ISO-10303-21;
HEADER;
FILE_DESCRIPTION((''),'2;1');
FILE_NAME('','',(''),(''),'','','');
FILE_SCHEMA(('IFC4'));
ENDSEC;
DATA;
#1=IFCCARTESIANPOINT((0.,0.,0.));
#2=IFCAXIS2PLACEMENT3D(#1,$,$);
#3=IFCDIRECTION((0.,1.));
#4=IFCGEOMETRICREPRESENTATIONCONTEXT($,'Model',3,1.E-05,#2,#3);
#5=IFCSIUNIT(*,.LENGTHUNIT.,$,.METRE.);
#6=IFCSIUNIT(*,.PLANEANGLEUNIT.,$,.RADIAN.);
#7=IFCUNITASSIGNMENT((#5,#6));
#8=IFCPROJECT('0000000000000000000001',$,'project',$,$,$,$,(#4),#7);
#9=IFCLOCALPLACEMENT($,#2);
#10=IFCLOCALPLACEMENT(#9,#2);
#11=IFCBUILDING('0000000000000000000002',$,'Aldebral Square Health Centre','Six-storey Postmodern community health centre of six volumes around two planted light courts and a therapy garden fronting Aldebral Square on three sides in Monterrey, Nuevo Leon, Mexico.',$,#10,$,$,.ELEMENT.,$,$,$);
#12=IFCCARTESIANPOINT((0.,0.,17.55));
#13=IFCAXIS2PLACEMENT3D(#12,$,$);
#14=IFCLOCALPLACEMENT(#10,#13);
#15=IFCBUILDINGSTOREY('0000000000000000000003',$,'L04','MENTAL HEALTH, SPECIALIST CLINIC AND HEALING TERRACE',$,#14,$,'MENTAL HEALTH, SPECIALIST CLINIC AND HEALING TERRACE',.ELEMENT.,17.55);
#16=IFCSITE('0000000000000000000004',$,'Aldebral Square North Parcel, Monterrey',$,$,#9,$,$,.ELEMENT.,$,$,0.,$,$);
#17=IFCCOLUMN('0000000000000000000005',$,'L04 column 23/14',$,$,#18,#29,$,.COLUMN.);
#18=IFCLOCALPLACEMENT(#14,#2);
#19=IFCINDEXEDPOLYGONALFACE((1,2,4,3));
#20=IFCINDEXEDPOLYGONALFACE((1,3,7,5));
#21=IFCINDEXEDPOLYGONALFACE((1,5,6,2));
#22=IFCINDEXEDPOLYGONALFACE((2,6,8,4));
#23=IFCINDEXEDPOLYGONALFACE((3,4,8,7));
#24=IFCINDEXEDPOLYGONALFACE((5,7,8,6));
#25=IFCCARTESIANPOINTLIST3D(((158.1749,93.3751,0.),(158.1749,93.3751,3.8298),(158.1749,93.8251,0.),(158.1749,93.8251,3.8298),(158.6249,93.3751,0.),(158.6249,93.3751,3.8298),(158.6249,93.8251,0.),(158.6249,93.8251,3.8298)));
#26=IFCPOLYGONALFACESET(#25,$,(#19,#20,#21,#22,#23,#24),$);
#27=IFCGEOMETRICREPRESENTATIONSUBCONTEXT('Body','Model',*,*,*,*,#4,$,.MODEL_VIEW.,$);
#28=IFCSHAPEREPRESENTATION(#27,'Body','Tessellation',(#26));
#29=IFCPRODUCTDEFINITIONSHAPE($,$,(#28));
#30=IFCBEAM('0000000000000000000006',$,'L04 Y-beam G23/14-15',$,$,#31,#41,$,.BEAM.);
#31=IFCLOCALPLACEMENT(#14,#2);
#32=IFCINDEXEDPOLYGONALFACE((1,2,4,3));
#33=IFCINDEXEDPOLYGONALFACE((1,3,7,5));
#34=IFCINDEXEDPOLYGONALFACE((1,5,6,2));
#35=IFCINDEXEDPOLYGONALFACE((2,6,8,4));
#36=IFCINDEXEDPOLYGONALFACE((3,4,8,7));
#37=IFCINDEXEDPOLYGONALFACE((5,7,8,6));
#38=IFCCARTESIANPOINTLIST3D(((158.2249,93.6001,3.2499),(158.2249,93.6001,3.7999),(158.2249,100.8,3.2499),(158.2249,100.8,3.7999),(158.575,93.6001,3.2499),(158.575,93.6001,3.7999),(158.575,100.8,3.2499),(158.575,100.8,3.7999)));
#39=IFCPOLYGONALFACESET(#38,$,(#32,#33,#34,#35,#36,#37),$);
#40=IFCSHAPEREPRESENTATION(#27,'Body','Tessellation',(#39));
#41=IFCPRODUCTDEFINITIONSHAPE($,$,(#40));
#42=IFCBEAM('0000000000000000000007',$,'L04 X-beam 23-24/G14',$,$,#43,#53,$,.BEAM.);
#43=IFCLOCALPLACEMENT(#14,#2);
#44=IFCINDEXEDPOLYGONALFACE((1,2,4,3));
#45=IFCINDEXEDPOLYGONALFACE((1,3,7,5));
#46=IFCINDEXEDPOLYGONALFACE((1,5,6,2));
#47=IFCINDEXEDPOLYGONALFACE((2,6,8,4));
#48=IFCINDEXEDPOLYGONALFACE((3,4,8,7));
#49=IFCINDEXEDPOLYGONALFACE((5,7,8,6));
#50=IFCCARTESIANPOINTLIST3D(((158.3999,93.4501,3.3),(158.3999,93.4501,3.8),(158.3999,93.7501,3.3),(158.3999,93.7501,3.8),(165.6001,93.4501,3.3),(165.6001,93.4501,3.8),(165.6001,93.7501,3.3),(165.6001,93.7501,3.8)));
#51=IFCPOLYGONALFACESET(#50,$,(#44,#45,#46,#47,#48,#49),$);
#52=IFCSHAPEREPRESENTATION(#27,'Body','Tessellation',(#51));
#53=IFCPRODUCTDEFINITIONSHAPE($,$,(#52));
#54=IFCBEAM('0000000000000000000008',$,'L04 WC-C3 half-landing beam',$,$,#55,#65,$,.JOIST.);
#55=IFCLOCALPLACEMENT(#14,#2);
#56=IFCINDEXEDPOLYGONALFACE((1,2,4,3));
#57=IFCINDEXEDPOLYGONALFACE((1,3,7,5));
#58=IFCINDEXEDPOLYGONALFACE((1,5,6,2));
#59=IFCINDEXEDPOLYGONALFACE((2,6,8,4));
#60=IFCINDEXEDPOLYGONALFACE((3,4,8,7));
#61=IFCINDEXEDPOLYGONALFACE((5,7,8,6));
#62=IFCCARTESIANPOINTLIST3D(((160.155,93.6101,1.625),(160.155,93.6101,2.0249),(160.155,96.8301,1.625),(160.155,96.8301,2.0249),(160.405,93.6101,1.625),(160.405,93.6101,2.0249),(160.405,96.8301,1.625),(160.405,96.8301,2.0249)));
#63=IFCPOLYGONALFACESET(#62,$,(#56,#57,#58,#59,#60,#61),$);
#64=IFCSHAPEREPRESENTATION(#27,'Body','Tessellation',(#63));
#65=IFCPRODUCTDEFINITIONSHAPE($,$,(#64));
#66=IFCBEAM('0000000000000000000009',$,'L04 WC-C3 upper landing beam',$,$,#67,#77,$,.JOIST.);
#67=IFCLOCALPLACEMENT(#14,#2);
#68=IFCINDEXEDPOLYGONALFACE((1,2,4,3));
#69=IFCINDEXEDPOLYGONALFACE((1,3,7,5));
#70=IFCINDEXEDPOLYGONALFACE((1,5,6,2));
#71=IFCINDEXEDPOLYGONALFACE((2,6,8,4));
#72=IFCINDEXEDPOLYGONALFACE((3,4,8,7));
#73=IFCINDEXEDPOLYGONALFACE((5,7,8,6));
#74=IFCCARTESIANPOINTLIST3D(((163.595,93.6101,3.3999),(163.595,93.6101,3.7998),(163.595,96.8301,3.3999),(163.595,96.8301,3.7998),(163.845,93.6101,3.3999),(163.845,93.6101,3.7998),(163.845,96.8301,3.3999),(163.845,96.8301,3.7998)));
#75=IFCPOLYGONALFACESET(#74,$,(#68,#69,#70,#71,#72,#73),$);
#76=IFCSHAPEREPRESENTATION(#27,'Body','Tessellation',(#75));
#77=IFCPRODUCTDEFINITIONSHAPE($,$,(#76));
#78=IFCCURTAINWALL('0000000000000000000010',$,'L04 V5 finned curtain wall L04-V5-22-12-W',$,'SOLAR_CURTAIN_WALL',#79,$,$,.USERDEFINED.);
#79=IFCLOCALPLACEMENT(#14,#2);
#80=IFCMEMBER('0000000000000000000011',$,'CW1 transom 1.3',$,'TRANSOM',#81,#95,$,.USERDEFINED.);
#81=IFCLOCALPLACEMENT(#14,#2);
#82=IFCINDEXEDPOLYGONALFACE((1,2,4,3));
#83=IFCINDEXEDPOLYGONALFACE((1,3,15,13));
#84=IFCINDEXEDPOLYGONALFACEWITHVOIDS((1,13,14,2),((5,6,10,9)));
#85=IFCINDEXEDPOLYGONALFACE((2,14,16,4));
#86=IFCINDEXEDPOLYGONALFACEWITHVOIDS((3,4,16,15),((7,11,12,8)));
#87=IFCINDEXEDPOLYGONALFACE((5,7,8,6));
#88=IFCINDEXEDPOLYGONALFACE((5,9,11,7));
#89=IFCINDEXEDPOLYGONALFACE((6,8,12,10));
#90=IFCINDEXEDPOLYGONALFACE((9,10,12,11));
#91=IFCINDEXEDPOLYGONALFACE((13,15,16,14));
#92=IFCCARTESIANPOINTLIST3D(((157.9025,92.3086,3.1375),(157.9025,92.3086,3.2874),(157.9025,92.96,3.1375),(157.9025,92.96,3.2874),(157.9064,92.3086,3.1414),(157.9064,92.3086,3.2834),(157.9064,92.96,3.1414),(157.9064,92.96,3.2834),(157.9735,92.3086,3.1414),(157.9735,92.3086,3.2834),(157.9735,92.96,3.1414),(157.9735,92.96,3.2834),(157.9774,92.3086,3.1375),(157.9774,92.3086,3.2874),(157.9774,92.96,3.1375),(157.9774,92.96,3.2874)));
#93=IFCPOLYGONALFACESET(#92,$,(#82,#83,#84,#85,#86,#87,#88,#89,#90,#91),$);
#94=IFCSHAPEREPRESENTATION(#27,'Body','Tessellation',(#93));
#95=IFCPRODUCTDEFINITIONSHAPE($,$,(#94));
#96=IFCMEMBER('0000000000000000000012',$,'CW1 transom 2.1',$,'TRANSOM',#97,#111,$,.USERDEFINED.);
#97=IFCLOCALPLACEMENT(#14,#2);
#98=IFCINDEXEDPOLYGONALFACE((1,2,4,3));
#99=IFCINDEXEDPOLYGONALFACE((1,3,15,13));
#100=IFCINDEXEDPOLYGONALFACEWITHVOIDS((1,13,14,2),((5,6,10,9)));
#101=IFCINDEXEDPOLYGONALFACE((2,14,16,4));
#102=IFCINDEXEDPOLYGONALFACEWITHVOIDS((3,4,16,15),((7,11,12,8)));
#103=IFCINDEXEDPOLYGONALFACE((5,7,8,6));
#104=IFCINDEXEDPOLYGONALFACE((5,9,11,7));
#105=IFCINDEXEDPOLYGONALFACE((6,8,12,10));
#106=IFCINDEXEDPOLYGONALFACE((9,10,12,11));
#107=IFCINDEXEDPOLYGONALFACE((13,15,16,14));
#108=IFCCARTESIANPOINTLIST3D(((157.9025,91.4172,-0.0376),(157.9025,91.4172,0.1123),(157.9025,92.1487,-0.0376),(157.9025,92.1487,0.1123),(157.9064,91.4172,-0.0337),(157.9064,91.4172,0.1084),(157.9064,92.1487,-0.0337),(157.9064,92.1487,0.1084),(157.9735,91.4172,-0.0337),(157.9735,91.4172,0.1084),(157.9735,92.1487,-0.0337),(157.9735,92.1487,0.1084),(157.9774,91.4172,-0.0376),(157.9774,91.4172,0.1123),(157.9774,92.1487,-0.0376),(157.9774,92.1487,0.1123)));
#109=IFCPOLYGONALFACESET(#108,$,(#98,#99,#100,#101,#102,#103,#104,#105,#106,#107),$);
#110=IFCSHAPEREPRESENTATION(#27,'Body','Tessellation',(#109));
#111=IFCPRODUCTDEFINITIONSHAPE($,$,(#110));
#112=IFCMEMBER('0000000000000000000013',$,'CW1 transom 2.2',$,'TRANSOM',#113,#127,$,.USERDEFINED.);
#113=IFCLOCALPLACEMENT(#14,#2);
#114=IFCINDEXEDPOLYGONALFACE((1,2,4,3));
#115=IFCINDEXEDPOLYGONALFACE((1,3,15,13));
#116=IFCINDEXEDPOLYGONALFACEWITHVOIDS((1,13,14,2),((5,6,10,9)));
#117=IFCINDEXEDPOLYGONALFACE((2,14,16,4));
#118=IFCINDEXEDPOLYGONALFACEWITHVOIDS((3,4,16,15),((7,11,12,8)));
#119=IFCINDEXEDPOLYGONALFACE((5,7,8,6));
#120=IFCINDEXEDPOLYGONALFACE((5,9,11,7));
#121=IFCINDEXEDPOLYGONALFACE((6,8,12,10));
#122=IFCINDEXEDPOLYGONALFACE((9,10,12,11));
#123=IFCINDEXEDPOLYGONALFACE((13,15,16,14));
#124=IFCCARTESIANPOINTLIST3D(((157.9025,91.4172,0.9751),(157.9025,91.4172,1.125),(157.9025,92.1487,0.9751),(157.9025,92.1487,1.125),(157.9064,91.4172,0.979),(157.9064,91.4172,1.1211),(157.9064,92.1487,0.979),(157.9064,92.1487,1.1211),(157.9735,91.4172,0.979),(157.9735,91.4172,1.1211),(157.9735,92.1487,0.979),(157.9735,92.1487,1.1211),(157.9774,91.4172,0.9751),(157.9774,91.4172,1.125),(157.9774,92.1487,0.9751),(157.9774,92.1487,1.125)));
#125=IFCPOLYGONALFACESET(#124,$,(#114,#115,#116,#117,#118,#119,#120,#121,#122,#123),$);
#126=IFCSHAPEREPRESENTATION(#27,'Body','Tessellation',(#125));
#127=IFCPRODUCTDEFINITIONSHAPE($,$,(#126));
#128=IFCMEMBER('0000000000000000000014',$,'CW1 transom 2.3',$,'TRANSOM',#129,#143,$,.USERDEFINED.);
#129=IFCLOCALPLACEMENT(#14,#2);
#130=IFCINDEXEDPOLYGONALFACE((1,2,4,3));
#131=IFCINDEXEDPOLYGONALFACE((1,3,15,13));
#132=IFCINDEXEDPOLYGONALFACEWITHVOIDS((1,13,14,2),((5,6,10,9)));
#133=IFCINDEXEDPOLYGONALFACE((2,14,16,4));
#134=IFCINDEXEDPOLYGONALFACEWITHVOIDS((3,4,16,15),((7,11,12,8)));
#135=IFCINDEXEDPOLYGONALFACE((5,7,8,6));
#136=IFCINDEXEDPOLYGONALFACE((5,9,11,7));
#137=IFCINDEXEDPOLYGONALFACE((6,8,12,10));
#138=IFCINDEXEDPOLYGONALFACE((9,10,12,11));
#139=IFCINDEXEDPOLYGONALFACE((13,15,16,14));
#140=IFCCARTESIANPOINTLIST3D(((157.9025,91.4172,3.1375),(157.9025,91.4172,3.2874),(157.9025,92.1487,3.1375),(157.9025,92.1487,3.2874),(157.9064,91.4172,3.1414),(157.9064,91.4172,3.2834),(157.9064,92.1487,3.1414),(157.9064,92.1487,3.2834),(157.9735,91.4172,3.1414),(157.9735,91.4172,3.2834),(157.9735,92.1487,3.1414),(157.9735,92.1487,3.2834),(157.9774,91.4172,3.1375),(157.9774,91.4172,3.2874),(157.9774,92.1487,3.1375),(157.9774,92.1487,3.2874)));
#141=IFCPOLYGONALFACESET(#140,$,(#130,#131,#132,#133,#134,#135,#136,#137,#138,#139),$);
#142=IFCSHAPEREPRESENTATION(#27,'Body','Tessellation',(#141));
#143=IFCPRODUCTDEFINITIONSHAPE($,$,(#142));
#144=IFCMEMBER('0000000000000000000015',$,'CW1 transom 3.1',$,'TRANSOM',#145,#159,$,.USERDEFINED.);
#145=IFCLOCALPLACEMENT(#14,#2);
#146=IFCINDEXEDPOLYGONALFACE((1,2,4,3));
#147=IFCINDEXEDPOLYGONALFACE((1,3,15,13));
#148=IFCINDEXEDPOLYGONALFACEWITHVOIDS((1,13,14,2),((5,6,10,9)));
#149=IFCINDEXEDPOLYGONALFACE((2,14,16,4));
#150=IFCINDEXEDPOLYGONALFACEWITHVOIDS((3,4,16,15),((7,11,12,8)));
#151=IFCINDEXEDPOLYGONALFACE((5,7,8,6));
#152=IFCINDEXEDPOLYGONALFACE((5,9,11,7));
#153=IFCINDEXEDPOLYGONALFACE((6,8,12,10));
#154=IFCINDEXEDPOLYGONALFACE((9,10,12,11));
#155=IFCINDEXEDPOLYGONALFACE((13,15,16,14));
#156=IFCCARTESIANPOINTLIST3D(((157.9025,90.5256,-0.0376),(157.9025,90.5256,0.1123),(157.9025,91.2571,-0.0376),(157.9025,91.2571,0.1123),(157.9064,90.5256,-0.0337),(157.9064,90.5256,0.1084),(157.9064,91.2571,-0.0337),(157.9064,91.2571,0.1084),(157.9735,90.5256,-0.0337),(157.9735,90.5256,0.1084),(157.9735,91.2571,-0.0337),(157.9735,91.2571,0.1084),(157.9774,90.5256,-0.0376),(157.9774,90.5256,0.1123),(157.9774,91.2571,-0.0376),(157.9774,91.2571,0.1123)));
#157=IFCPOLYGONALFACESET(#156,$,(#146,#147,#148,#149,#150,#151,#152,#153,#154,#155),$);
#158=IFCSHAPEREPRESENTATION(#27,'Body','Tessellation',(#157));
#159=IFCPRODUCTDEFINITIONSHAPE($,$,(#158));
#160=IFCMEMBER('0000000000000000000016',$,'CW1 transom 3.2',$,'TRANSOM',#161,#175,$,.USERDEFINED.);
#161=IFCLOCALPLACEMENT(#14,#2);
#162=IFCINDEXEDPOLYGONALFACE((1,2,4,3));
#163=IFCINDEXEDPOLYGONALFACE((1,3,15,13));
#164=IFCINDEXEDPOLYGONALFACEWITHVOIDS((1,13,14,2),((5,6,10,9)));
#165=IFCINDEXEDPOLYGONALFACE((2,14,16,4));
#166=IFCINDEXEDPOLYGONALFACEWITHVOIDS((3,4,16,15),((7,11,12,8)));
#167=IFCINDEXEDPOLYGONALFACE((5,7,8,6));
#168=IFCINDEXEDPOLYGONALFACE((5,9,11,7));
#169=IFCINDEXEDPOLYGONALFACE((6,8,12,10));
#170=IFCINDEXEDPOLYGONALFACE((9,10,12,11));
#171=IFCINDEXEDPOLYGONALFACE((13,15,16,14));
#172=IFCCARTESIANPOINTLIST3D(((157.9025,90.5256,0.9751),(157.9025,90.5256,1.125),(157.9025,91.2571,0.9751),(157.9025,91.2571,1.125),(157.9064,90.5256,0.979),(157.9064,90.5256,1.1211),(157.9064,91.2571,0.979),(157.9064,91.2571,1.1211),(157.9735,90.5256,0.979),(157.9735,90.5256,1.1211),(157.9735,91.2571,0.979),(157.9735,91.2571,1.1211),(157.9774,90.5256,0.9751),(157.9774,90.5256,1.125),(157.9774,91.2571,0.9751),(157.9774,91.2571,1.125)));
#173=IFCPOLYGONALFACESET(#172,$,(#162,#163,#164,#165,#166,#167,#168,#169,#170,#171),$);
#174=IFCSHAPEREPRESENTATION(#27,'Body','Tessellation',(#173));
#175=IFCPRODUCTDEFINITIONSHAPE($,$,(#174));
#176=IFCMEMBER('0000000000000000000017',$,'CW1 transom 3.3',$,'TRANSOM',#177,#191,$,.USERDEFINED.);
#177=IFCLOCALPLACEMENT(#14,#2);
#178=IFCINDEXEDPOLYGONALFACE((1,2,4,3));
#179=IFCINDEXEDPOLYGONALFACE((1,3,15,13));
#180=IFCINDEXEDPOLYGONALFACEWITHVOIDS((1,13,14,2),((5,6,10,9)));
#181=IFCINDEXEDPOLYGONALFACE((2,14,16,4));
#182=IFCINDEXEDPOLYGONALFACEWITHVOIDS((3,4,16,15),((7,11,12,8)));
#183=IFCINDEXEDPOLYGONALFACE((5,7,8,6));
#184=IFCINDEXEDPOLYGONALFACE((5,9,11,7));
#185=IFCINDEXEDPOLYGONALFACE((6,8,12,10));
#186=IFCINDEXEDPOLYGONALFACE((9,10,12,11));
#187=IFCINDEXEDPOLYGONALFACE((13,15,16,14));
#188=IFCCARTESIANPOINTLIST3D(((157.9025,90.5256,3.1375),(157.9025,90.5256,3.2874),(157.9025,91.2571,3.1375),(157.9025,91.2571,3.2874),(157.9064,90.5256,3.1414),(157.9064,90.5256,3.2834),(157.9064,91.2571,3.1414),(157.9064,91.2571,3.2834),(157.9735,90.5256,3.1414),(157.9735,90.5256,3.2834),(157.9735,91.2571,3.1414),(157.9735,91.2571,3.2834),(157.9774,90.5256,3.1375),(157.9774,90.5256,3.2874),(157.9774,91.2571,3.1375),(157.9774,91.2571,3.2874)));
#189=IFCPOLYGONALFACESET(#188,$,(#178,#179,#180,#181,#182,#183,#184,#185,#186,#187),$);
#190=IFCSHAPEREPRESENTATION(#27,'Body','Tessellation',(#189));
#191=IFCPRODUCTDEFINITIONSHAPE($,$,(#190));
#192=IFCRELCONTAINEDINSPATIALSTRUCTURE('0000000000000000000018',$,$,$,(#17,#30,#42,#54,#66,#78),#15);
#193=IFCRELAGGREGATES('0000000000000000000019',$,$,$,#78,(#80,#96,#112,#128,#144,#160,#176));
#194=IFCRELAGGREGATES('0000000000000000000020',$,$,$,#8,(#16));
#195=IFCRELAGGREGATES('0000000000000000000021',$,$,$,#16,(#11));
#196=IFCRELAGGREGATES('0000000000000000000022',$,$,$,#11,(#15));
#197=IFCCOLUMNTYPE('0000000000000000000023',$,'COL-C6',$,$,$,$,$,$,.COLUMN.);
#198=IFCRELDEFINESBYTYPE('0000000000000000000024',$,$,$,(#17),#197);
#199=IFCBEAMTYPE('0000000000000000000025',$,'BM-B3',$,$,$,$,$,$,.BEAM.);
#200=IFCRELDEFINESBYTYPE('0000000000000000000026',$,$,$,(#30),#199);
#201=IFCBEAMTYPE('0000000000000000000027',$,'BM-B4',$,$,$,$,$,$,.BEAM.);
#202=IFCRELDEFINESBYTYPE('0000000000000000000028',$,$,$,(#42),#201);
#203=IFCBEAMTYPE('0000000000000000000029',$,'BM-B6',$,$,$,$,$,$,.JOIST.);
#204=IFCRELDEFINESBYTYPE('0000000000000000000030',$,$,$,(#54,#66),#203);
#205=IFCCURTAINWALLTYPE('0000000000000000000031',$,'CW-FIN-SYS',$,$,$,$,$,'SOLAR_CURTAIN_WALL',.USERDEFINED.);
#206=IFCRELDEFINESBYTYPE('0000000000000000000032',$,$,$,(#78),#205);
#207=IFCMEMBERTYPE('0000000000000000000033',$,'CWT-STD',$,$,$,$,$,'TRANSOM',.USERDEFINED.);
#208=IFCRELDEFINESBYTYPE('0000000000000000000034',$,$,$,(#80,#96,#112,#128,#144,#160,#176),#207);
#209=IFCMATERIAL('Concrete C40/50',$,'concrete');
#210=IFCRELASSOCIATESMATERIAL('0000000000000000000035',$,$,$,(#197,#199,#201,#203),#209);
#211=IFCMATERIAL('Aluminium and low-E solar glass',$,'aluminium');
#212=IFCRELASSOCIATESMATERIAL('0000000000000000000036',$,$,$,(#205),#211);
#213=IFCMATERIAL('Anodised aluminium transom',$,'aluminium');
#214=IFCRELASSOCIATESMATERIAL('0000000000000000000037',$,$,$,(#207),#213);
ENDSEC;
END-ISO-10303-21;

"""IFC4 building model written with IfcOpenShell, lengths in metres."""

from ifc_helpers import new_model, si_unit, direction, frame, origin, origin_2d, place, context, subcontext, project, spatial, rectangle, hollow_rectangle, extrude, material, material_profile, profile_set, type_object, element, aggregate, save


model = new_model("IFC4")

# Units and contexts
model_context = context("Model", 3, precision=1e-05, world=origin(), true_north=direction((0.0, 1.0)))
body_context = subcontext(model_context, "Body", "Model", "MODEL_VIEW")
ifc_project = project(units=[si_unit("LENGTHUNIT", "METRE"), si_unit("PLANEANGLEUNIT", "RADIAN")], contexts=[model_context])

# Site, building, storey
site_placement = place(None, origin())
site = spatial("IfcSite", under=ifc_project, at=site_placement, Name="Aldebral Square North Parcel, Monterrey", CompositionType="ELEMENT", RefElevation=0.0)
building_placement = place(site_placement, origin())
building = spatial("IfcBuilding", under=site, at=building_placement, Name="Aldebral Square Health Centre", Description="Six-storey Postmodern community health centre of six volumes around two planted light courts and a therapy garden fronting Aldebral Square on three sides in Monterrey, Nuevo Leon, Mexico.", CompositionType="ELEMENT")
storey_placement = place(building_placement, frame((0.0, 0.0, 17.55)))
storey = spatial("IfcBuildingStorey", under=building, at=storey_placement, Name="L04", Description="MENTAL HEALTH, SPECIALIST CLINIC AND HEALING TERRACE", LongName="MENTAL HEALTH, SPECIALIST CLINIC AND HEALING TERRACE", CompositionType="ELEMENT", Elevation=17.55)

# Column
ifc_material_1 = material(Name="Concrete C40/50", Category="concrete")
ifc_material_profile_1 = material_profile(ifc_material_1, rectangle(XDim=0.45, YDim=0.45, at=origin_2d()), Name="RC 450x450")
ifc_profile_set_1 = profile_set([ifc_material_profile_1], Name="Concrete C40/50")
column_type = type_object("IfcColumnType", Name="COL-C6", PredefinedType="COLUMN", material=ifc_profile_set_1)
column_placement = place(storey_placement, frame((158.3999, 93.6001, 0.0), z_axis=(0.0, 0.0, 1.0), x_axis=(1.0, 0.0, 0.0)))
element("IfcColumn", 1, at=column_placement, inside=storey, type_object=column_type, Name="L04 column 23/14", PredefinedType="COLUMN", context=body_context, shape_type="SweptSolid", body=[
    extrude(rectangle(XDim=0.45, YDim=0.45, at=origin_2d()), origin(), (0.0, 0.0, 1.0), 3.8298),
])

# Beams
ifc_material_profile_2 = material_profile(ifc_material_1, rectangle(XDim=0.3501, YDim=0.55, at=origin_2d()), Name="RC 350x550")
ifc_profile_set_2 = profile_set([ifc_material_profile_2], Name="Concrete C40/50")
beam_type_1 = type_object("IfcBeamType", Name="BM-B3", PredefinedType="BEAM", material=ifc_profile_set_2)
beam_1_placement = place(storey_placement, frame((158.3999, 93.6001, 3.5249), z_axis=(0.0, 1.0, 0.0), x_axis=(-1.0, 0.0, 0.0)))
element("IfcBeam", 2, at=beam_1_placement, inside=storey, type_object=beam_type_1, Name="L04 Y-beam G23/14-15", PredefinedType="BEAM", context=body_context, shape_type="SweptSolid", body=[
    extrude(rectangle(XDim=0.3501, YDim=0.55, at=origin_2d()), origin(), (0.0, 0.0, 1.0), 7.2),
])
ifc_material_profile_3 = material_profile(ifc_material_1, rectangle(XDim=0.3, YDim=0.5, at=origin_2d()), Name="RC 300x500")
ifc_profile_set_3 = profile_set([ifc_material_profile_3], Name="Concrete C40/50")
beam_type_2 = type_object("IfcBeamType", Name="BM-B4", PredefinedType="BEAM", material=ifc_profile_set_3)
beam_2_placement = place(storey_placement, frame((158.3999, 93.6001, 3.55), z_axis=(1.0, 0.0, 0.0), x_axis=(0.0, 1.0, 0.0)))
element("IfcBeam", 3, at=beam_2_placement, inside=storey, type_object=beam_type_2, Name="L04 X-beam 23-24/G14", PredefinedType="BEAM", context=body_context, shape_type="SweptSolid", body=[
    extrude(rectangle(XDim=0.3, YDim=0.5, at=origin_2d()), origin(), (0.0, 0.0, 1.0), 7.2002),
])
ifc_material_profile_4 = material_profile(ifc_material_1, rectangle(XDim=0.25, YDim=0.3999, at=origin_2d()), Name="RC 250x400")
ifc_profile_set_4 = profile_set([ifc_material_profile_4], Name="Concrete C40/50")
beam_type_3 = type_object("IfcBeamType", Name="BM-B6", PredefinedType="JOIST", material=ifc_profile_set_4)
for number, where, z_axis, x_axis, name in (
    (4, (160.28, 93.6101, 1.825), (0.0, 1.0, 0.0), (-1.0, 0.0, 0.0), "L04 WC-C3 half-landing beam"),
    (5, (163.72, 93.6101, 3.5999), (0.0, 1.0, 0.0), (-1.0, 0.0, 0.0), "L04 WC-C3 upper landing beam"),
):
    element("IfcBeam", number, at=place(storey_placement, frame(where, z_axis=z_axis, x_axis=x_axis)), inside=storey, type_object=beam_type_3, Name=name, PredefinedType="JOIST", context=body_context, shape_type="SweptSolid", body=[
        extrude(rectangle(XDim=0.25, YDim=0.3999, at=origin_2d()), origin(), (0.0, 0.0, 1.0), 3.22),
    ])

# Curtain wall, members
ifc_material_2 = material(Name="Aluminium and low-E solar glass", Category="aluminium")
curtain_wall_type = type_object("IfcCurtainWallType", Name="CW-FIN-SYS", ElementType="SOLAR_CURTAIN_WALL", PredefinedType="USERDEFINED", material=ifc_material_2)
curtain_wall_placement = place(storey_placement, origin())
curtain_wall = element("IfcCurtainWall", 6, at=curtain_wall_placement, inside=storey, type_object=curtain_wall_type, Name="L04 V5 finned curtain wall L04-V5-22-12-W", ObjectType="SOLAR_CURTAIN_WALL", PredefinedType="USERDEFINED")
ifc_material_3 = material(Name="Anodised aluminium transom", Category="aluminium")
ifc_material_profile_5 = material_profile(ifc_material_3, hollow_rectangle(XDim=0.075, YDim=0.1499, WallThickness=0.0039, at=origin_2d()), Name="CWT 75x150x4")
ifc_profile_set_5 = profile_set([ifc_material_profile_5], Name="Anodised aluminium transom")
member_type = type_object("IfcMemberType", Name="CWT-STD", ElementType="TRANSOM", PredefinedType="USERDEFINED", material=ifc_profile_set_5)
member_1_placement = place(storey_placement, frame((157.9399, 92.96, 3.2124), z_axis=(0.0, -1.0, 0.0), x_axis=(1.0, 0.0, 0.0)))
member_1 = element("IfcMember", 7, at=member_1_placement, type_object=member_type, Name="CW1 transom 1.3", ObjectType="TRANSOM", PredefinedType="USERDEFINED", context=body_context, shape_type="SweptSolid", body=[
    extrude(hollow_rectangle(XDim=0.075, YDim=0.1499, WallThickness=0.0039, at=origin_2d()), origin(), (0.0, 0.0, 1.0), 0.6514),
])
member_2_placement = place(storey_placement, frame((157.9399, 92.1487, 0.0374), z_axis=(0.0, -1.0, 0.0), x_axis=(1.0, 0.0, 0.0)))
member_2 = element("IfcMember", 8, at=member_2_placement, type_object=member_type, Name="CW1 transom 2.1", ObjectType="TRANSOM", PredefinedType="USERDEFINED", context=body_context, shape_type="SweptSolid", body=[
    extrude(hollow_rectangle(XDim=0.075, YDim=0.1499, WallThickness=0.0039, at=origin_2d()), origin(), (0.0, 0.0, 1.0), 0.7314),
])
member_3_placement = place(storey_placement, frame((157.9399, 92.1487, 1.05), z_axis=(0.0, -1.0, 0.0), x_axis=(1.0, 0.0, 0.0)))
member_3 = element("IfcMember", 9, at=member_3_placement, type_object=member_type, Name="CW1 transom 2.2", ObjectType="TRANSOM", PredefinedType="USERDEFINED", context=body_context, shape_type="SweptSolid", body=[
    extrude(hollow_rectangle(XDim=0.075, YDim=0.1499, WallThickness=0.0039, at=origin_2d()), origin(), (0.0, 0.0, 1.0), 0.7314),
])
member_4_placement = place(storey_placement, frame((157.9399, 92.1487, 3.2124), z_axis=(0.0, -1.0, 0.0), x_axis=(1.0, 0.0, 0.0)))
member_4 = element("IfcMember", 10, at=member_4_placement, type_object=member_type, Name="CW1 transom 2.3", ObjectType="TRANSOM", PredefinedType="USERDEFINED", context=body_context, shape_type="SweptSolid", body=[
    extrude(hollow_rectangle(XDim=0.075, YDim=0.1499, WallThickness=0.0039, at=origin_2d()), origin(), (0.0, 0.0, 1.0), 0.7314),
])
member_5_placement = place(storey_placement, frame((157.9399, 91.2571, 0.0374), z_axis=(0.0, -1.0, 0.0), x_axis=(1.0, 0.0, 0.0)))
member_5 = element("IfcMember", 11, at=member_5_placement, type_object=member_type, Name="CW1 transom 3.1", ObjectType="TRANSOM", PredefinedType="USERDEFINED", context=body_context, shape_type="SweptSolid", body=[
    extrude(hollow_rectangle(XDim=0.075, YDim=0.1499, WallThickness=0.0039, at=origin_2d()), origin(), (0.0, 0.0, 1.0), 0.7314),
])
member_6_placement = place(storey_placement, frame((157.9399, 91.2571, 1.05), z_axis=(0.0, -1.0, 0.0), x_axis=(1.0, 0.0, 0.0)))
member_6 = element("IfcMember", 12, at=member_6_placement, type_object=member_type, Name="CW1 transom 3.2", ObjectType="TRANSOM", PredefinedType="USERDEFINED", context=body_context, shape_type="SweptSolid", body=[
    extrude(hollow_rectangle(XDim=0.075, YDim=0.1499, WallThickness=0.0039, at=origin_2d()), origin(), (0.0, 0.0, 1.0), 0.7314),
])
member_7_placement = place(storey_placement, frame((157.9399, 91.2571, 3.2124), z_axis=(0.0, -1.0, 0.0), x_axis=(1.0, 0.0, 0.0)))
member_7 = element("IfcMember", 13, at=member_7_placement, type_object=member_type, Name="CW1 transom 3.3", ObjectType="TRANSOM", PredefinedType="USERDEFINED", context=body_context, shape_type="SweptSolid", body=[
    extrude(hollow_rectangle(XDim=0.075, YDim=0.1499, WallThickness=0.0039, at=origin_2d()), origin(), (0.0, 0.0, 1.0), 0.7314),
])
aggregate(curtain_wall, [member_1, member_2, member_3, member_4, member_5, member_6, member_7])

save(model, "model.ifc")
